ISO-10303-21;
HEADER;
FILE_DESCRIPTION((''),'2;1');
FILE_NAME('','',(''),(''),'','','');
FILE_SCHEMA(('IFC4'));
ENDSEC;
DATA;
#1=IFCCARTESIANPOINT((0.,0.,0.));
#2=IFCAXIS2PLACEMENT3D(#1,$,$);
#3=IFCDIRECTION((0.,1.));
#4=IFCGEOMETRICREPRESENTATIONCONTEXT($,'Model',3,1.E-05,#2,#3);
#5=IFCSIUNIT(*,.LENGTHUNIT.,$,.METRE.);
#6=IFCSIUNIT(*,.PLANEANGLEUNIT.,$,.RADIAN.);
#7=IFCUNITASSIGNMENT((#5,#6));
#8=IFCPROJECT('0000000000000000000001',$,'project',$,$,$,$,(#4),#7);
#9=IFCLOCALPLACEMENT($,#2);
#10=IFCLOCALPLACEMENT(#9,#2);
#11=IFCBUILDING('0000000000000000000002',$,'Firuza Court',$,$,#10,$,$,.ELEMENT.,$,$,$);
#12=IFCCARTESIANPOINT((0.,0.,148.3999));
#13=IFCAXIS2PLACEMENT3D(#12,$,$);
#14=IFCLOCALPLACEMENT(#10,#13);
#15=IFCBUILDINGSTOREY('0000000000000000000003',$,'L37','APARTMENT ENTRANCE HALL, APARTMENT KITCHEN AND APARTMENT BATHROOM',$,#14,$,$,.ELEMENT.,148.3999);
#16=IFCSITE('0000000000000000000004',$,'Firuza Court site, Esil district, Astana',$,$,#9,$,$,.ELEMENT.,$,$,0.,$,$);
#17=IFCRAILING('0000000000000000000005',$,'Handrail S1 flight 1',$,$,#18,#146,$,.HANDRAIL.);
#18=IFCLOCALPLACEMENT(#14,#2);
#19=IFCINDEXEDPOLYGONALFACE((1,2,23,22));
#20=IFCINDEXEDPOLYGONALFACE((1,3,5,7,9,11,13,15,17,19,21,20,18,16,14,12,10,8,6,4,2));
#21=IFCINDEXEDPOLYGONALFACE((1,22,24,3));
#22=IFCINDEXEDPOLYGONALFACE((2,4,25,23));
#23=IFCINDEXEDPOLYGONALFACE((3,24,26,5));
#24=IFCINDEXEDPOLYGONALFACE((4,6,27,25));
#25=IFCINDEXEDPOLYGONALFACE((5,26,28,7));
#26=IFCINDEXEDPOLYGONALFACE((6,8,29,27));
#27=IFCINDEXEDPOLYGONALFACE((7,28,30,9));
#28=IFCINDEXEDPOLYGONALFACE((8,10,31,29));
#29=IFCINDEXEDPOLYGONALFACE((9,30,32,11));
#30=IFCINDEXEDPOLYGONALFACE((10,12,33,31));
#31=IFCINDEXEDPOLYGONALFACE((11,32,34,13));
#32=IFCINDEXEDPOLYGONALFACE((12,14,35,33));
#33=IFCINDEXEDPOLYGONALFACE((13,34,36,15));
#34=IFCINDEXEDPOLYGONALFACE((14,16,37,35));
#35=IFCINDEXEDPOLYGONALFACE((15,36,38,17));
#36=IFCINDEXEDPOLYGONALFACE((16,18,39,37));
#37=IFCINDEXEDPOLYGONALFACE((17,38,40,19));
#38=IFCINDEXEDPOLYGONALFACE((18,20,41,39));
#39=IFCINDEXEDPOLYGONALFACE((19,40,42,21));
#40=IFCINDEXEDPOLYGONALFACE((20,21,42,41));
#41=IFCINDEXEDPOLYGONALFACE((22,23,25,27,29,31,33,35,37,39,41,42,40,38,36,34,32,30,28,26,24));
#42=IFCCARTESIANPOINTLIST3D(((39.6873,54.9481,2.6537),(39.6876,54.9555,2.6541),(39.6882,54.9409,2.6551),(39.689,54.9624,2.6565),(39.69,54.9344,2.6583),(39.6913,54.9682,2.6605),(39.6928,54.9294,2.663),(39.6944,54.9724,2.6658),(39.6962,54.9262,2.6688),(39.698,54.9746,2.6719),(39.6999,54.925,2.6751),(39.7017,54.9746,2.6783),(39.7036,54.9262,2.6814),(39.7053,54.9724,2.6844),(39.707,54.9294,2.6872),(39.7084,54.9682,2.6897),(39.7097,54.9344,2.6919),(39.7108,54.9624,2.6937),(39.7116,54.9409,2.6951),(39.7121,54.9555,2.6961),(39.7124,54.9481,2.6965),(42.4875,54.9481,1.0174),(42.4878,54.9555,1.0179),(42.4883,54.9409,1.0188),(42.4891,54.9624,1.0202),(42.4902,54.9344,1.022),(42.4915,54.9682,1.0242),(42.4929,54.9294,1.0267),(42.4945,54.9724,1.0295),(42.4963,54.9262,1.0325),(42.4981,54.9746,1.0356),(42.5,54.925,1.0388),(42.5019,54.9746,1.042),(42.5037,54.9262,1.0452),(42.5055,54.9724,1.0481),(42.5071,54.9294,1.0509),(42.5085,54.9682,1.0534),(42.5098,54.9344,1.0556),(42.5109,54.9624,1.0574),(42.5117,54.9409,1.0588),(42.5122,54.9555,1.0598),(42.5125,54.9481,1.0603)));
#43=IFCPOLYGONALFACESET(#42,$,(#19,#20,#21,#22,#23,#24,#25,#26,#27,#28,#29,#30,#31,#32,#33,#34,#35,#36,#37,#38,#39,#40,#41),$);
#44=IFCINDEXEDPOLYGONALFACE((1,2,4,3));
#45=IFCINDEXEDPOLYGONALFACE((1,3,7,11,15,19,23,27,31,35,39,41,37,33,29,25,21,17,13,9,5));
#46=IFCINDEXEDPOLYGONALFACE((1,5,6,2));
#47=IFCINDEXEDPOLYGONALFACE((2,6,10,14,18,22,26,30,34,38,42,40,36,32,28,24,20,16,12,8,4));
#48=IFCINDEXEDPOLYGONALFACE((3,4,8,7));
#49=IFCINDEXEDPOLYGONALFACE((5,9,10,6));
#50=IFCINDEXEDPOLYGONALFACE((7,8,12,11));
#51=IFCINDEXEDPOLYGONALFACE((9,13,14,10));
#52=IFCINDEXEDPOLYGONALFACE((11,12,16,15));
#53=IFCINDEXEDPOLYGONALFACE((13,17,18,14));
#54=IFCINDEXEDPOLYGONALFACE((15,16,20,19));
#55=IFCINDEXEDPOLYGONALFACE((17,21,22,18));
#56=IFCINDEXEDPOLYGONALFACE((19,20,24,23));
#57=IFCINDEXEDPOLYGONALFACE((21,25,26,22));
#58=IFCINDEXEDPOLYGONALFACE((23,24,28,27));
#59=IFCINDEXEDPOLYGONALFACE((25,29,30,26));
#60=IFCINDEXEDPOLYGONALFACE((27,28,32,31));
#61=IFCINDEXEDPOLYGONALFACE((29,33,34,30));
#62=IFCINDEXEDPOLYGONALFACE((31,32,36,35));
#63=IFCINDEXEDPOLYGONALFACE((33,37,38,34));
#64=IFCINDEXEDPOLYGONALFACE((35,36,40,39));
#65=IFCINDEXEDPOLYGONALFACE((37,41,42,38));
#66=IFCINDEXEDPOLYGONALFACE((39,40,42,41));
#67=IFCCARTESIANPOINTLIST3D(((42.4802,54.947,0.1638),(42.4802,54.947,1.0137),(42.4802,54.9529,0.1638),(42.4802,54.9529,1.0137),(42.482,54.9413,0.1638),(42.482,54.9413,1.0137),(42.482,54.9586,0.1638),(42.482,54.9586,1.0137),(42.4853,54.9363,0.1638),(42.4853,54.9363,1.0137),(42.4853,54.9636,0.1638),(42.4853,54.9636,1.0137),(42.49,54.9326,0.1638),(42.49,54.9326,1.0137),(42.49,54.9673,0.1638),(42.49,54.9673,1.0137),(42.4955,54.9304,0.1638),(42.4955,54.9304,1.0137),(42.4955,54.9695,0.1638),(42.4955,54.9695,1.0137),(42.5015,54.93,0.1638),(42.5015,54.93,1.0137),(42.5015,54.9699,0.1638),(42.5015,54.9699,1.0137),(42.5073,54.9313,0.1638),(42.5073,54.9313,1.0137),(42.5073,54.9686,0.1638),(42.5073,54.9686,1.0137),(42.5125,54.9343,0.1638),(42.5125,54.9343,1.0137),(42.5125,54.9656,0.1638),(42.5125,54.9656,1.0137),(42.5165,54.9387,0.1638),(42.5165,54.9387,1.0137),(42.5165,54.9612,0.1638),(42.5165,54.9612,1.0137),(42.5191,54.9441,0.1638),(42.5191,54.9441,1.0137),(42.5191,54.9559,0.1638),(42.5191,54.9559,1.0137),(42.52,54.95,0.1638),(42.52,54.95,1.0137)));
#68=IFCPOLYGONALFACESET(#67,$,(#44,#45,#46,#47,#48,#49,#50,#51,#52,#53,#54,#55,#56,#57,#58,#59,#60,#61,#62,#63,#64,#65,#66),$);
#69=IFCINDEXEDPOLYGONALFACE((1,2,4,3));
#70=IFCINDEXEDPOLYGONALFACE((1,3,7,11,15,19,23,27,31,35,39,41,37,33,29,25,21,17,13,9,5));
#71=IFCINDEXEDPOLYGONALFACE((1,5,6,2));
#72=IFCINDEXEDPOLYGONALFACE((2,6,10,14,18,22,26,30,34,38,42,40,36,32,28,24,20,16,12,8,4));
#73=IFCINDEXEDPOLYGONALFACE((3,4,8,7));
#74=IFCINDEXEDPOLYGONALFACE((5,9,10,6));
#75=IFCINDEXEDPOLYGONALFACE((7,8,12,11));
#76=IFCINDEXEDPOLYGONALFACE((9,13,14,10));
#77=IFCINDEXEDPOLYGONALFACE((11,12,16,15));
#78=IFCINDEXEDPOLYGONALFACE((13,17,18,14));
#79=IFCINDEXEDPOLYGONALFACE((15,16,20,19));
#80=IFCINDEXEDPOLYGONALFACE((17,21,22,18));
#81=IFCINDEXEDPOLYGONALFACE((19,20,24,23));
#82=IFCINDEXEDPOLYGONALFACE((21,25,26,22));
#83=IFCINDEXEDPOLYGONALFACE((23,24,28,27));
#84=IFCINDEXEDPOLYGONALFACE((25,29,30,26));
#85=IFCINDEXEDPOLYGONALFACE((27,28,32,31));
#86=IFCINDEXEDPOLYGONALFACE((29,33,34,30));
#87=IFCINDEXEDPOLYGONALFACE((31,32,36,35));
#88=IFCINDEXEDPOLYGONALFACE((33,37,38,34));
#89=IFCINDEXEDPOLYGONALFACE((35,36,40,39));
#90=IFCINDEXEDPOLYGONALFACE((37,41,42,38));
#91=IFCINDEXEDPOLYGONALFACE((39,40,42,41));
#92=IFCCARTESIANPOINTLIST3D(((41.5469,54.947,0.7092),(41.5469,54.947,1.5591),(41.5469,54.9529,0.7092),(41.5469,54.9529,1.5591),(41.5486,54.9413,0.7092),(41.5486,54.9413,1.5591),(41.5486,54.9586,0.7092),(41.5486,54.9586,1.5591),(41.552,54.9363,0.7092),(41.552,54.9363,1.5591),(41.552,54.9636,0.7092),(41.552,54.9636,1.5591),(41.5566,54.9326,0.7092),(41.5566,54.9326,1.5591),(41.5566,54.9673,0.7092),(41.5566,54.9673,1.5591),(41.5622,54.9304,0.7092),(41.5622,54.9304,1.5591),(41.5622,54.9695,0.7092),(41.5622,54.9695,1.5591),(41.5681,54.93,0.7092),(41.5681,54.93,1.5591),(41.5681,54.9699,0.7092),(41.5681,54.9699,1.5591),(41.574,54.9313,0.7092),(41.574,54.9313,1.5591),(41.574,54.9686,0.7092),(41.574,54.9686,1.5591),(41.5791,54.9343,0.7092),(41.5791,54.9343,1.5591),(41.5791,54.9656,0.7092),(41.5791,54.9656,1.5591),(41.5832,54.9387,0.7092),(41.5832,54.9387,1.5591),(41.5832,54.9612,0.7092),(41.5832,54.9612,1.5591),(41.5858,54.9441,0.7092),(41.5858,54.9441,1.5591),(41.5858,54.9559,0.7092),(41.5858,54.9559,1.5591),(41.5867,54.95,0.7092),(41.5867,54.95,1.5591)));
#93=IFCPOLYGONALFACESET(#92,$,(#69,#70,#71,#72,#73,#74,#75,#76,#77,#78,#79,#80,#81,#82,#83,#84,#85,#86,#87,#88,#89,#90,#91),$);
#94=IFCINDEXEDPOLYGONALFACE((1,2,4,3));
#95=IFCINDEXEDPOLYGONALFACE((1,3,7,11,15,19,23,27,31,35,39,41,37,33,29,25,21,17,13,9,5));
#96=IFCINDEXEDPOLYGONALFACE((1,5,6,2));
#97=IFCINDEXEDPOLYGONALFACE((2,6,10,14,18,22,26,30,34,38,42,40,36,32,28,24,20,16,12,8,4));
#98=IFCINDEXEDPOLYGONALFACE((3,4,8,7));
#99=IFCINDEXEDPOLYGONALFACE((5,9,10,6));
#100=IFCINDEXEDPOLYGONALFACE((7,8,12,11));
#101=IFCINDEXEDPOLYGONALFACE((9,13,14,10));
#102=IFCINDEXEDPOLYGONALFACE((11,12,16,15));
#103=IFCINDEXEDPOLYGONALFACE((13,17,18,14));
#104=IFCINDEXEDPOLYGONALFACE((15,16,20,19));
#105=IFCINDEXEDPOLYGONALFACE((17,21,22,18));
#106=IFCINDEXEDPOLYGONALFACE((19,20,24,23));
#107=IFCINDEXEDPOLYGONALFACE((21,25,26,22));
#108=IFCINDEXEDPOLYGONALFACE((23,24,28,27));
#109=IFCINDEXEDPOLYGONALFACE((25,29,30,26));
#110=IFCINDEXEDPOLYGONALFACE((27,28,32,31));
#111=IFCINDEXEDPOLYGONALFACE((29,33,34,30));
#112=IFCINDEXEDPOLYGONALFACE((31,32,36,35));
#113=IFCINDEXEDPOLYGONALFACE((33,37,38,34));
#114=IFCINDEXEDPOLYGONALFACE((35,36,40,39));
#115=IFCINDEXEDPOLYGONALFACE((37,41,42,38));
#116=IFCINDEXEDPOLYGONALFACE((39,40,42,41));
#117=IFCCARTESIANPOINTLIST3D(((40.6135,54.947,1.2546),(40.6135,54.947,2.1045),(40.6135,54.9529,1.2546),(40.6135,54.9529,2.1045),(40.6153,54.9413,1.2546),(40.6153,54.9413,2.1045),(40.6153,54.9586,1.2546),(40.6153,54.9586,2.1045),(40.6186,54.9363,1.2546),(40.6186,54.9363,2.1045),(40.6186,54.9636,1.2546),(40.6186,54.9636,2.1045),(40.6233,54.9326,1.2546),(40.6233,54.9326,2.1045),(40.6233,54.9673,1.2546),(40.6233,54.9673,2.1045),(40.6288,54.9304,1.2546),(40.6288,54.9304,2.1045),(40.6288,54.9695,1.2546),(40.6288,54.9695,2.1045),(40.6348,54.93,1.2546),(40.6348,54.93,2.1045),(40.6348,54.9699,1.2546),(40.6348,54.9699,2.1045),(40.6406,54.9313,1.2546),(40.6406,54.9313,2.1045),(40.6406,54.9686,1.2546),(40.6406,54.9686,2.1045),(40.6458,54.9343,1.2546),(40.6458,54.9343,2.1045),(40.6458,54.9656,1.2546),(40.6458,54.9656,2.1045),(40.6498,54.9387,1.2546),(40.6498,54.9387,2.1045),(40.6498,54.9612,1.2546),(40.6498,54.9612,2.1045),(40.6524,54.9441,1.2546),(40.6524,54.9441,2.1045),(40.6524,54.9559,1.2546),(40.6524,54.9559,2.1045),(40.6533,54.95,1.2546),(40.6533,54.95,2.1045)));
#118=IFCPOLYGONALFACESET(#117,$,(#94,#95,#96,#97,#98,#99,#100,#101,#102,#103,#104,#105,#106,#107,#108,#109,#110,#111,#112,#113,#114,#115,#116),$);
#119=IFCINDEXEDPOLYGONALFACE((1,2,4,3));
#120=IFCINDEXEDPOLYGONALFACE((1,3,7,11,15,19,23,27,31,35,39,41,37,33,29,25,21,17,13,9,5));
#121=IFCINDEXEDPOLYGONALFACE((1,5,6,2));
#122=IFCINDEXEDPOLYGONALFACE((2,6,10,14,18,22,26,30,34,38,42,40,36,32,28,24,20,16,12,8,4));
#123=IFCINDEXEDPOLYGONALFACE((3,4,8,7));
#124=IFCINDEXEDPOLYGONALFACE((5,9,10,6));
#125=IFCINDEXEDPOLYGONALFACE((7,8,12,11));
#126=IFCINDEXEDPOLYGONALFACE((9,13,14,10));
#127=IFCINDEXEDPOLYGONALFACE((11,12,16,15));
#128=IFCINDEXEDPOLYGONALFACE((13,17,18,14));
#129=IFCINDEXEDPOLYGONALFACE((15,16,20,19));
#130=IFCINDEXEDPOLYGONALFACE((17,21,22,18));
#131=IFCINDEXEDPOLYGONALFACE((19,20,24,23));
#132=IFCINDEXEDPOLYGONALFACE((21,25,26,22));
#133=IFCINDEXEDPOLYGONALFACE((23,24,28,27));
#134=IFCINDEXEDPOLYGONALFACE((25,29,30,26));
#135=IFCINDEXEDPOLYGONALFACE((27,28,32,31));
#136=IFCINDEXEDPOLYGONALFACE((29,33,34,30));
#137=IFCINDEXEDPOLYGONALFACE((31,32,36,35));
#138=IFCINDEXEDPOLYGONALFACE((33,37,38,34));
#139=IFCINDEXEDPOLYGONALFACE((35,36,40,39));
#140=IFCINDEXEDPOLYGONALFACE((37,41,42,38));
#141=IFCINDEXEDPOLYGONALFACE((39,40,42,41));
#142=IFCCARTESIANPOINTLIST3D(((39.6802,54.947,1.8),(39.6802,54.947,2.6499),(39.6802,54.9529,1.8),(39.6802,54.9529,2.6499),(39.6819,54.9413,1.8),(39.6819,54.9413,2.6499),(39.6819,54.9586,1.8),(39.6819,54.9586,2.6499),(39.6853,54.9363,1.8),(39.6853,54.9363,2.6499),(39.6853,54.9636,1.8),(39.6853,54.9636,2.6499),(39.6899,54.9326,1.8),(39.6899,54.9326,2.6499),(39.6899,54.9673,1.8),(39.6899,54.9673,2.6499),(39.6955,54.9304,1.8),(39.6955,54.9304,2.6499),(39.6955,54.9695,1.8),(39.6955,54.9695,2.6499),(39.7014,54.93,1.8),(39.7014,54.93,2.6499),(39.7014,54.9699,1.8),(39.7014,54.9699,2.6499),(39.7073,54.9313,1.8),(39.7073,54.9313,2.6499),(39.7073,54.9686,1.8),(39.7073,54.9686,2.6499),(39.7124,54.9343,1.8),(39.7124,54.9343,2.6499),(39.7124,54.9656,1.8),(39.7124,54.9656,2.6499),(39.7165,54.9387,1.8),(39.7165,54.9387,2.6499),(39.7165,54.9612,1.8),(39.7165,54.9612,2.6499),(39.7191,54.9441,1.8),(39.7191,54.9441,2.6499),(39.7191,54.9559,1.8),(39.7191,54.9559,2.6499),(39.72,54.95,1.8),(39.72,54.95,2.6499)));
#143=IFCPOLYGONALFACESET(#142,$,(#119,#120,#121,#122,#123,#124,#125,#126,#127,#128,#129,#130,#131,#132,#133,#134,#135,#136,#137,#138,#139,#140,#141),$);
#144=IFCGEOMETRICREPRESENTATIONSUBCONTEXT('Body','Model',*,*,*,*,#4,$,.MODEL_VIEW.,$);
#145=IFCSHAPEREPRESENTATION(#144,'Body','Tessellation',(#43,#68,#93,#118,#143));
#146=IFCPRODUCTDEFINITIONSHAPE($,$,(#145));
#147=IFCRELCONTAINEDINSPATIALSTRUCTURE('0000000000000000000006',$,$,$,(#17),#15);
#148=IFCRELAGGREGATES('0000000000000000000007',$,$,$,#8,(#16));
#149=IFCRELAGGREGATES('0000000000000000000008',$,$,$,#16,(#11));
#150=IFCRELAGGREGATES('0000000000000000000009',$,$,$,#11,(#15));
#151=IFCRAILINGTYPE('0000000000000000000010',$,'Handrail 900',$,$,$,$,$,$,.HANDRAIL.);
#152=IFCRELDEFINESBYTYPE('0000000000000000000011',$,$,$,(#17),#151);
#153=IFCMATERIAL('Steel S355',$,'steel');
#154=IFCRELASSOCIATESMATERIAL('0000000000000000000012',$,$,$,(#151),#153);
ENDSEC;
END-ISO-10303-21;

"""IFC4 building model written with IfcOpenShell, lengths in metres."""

from ifc_helpers import new_model, si_unit, direction, frame, origin, origin_2d, place, context, subcontext, project, spatial, circle, extrude, material, type_object, element, save


model = new_model("IFC4")

# Units and contexts
model_context = context("Model", 3, precision=1e-05, world=origin(), true_north=direction((0.0, 1.0)))
body_context = subcontext(model_context, "Body", "Model", "MODEL_VIEW")
ifc_project = project(units=[si_unit("LENGTHUNIT", "METRE"), si_unit("PLANEANGLEUNIT", "RADIAN")], contexts=[model_context])

# Site, building, storey
site_placement = place(None, origin())
site = spatial("IfcSite", under=ifc_project, at=site_placement, Name="Firuza Court site, Esil district, Astana", CompositionType="ELEMENT", RefElevation=0.0)
building_placement = place(site_placement, origin())
building = spatial("IfcBuilding", under=site, at=building_placement, Name="Firuza Court", CompositionType="ELEMENT")
storey_placement = place(building_placement, frame((0.0, 0.0, 148.3999)))
storey = spatial("IfcBuildingStorey", under=building, at=storey_placement, Name="L37", Description="APARTMENT ENTRANCE HALL, APARTMENT KITCHEN AND APARTMENT BATHROOM", CompositionType="ELEMENT", Elevation=148.3999)

# Railing
ifc_material_1 = material(Name="Steel S355", Category="steel")
railing_type_1 = type_object("IfcRailingType", Name="Handrail 900", PredefinedType="HANDRAIL", material=ifc_material_1)
railing_1_placement = place(storey_placement, frame((42.5, 54.95, 0.1638)))
element("IfcRailing", 1, at=railing_1_placement, inside=storey, type_object=railing_type_1, Name="Handrail S1 flight 1", PredefinedType="HANDRAIL", context=body_context, shape_type="SweptSolid", body=[
    extrude(circle(Radius=0.0249, at=origin_2d()), frame((0.0, 0.0, 0.875), z_axis=(-0.863394, 0.0, 0.504531), x_axis=(0.0, -1.0, 0.0)), (0.0, 0.0, 1.0), 3.2432),
    extrude(circle(Radius=0.02, at=origin_2d()), origin(), (0.0, 0.0, 1.0), 0.8499),
    extrude(circle(Radius=0.02, at=origin_2d()), frame((-0.9333, 0.0, 0.5454)), (0.0, 0.0, 1.0), 0.8499),
    extrude(circle(Radius=0.02, at=origin_2d()), frame((-1.8667, 0.0, 1.0908)), (0.0, 0.0, 1.0), 0.8499),
    extrude(circle(Radius=0.02, at=origin_2d()), frame((-2.8, 0.0, 1.6362)), (0.0, 0.0, 1.0), 0.8499),
])

save(model, "model.ifc")
